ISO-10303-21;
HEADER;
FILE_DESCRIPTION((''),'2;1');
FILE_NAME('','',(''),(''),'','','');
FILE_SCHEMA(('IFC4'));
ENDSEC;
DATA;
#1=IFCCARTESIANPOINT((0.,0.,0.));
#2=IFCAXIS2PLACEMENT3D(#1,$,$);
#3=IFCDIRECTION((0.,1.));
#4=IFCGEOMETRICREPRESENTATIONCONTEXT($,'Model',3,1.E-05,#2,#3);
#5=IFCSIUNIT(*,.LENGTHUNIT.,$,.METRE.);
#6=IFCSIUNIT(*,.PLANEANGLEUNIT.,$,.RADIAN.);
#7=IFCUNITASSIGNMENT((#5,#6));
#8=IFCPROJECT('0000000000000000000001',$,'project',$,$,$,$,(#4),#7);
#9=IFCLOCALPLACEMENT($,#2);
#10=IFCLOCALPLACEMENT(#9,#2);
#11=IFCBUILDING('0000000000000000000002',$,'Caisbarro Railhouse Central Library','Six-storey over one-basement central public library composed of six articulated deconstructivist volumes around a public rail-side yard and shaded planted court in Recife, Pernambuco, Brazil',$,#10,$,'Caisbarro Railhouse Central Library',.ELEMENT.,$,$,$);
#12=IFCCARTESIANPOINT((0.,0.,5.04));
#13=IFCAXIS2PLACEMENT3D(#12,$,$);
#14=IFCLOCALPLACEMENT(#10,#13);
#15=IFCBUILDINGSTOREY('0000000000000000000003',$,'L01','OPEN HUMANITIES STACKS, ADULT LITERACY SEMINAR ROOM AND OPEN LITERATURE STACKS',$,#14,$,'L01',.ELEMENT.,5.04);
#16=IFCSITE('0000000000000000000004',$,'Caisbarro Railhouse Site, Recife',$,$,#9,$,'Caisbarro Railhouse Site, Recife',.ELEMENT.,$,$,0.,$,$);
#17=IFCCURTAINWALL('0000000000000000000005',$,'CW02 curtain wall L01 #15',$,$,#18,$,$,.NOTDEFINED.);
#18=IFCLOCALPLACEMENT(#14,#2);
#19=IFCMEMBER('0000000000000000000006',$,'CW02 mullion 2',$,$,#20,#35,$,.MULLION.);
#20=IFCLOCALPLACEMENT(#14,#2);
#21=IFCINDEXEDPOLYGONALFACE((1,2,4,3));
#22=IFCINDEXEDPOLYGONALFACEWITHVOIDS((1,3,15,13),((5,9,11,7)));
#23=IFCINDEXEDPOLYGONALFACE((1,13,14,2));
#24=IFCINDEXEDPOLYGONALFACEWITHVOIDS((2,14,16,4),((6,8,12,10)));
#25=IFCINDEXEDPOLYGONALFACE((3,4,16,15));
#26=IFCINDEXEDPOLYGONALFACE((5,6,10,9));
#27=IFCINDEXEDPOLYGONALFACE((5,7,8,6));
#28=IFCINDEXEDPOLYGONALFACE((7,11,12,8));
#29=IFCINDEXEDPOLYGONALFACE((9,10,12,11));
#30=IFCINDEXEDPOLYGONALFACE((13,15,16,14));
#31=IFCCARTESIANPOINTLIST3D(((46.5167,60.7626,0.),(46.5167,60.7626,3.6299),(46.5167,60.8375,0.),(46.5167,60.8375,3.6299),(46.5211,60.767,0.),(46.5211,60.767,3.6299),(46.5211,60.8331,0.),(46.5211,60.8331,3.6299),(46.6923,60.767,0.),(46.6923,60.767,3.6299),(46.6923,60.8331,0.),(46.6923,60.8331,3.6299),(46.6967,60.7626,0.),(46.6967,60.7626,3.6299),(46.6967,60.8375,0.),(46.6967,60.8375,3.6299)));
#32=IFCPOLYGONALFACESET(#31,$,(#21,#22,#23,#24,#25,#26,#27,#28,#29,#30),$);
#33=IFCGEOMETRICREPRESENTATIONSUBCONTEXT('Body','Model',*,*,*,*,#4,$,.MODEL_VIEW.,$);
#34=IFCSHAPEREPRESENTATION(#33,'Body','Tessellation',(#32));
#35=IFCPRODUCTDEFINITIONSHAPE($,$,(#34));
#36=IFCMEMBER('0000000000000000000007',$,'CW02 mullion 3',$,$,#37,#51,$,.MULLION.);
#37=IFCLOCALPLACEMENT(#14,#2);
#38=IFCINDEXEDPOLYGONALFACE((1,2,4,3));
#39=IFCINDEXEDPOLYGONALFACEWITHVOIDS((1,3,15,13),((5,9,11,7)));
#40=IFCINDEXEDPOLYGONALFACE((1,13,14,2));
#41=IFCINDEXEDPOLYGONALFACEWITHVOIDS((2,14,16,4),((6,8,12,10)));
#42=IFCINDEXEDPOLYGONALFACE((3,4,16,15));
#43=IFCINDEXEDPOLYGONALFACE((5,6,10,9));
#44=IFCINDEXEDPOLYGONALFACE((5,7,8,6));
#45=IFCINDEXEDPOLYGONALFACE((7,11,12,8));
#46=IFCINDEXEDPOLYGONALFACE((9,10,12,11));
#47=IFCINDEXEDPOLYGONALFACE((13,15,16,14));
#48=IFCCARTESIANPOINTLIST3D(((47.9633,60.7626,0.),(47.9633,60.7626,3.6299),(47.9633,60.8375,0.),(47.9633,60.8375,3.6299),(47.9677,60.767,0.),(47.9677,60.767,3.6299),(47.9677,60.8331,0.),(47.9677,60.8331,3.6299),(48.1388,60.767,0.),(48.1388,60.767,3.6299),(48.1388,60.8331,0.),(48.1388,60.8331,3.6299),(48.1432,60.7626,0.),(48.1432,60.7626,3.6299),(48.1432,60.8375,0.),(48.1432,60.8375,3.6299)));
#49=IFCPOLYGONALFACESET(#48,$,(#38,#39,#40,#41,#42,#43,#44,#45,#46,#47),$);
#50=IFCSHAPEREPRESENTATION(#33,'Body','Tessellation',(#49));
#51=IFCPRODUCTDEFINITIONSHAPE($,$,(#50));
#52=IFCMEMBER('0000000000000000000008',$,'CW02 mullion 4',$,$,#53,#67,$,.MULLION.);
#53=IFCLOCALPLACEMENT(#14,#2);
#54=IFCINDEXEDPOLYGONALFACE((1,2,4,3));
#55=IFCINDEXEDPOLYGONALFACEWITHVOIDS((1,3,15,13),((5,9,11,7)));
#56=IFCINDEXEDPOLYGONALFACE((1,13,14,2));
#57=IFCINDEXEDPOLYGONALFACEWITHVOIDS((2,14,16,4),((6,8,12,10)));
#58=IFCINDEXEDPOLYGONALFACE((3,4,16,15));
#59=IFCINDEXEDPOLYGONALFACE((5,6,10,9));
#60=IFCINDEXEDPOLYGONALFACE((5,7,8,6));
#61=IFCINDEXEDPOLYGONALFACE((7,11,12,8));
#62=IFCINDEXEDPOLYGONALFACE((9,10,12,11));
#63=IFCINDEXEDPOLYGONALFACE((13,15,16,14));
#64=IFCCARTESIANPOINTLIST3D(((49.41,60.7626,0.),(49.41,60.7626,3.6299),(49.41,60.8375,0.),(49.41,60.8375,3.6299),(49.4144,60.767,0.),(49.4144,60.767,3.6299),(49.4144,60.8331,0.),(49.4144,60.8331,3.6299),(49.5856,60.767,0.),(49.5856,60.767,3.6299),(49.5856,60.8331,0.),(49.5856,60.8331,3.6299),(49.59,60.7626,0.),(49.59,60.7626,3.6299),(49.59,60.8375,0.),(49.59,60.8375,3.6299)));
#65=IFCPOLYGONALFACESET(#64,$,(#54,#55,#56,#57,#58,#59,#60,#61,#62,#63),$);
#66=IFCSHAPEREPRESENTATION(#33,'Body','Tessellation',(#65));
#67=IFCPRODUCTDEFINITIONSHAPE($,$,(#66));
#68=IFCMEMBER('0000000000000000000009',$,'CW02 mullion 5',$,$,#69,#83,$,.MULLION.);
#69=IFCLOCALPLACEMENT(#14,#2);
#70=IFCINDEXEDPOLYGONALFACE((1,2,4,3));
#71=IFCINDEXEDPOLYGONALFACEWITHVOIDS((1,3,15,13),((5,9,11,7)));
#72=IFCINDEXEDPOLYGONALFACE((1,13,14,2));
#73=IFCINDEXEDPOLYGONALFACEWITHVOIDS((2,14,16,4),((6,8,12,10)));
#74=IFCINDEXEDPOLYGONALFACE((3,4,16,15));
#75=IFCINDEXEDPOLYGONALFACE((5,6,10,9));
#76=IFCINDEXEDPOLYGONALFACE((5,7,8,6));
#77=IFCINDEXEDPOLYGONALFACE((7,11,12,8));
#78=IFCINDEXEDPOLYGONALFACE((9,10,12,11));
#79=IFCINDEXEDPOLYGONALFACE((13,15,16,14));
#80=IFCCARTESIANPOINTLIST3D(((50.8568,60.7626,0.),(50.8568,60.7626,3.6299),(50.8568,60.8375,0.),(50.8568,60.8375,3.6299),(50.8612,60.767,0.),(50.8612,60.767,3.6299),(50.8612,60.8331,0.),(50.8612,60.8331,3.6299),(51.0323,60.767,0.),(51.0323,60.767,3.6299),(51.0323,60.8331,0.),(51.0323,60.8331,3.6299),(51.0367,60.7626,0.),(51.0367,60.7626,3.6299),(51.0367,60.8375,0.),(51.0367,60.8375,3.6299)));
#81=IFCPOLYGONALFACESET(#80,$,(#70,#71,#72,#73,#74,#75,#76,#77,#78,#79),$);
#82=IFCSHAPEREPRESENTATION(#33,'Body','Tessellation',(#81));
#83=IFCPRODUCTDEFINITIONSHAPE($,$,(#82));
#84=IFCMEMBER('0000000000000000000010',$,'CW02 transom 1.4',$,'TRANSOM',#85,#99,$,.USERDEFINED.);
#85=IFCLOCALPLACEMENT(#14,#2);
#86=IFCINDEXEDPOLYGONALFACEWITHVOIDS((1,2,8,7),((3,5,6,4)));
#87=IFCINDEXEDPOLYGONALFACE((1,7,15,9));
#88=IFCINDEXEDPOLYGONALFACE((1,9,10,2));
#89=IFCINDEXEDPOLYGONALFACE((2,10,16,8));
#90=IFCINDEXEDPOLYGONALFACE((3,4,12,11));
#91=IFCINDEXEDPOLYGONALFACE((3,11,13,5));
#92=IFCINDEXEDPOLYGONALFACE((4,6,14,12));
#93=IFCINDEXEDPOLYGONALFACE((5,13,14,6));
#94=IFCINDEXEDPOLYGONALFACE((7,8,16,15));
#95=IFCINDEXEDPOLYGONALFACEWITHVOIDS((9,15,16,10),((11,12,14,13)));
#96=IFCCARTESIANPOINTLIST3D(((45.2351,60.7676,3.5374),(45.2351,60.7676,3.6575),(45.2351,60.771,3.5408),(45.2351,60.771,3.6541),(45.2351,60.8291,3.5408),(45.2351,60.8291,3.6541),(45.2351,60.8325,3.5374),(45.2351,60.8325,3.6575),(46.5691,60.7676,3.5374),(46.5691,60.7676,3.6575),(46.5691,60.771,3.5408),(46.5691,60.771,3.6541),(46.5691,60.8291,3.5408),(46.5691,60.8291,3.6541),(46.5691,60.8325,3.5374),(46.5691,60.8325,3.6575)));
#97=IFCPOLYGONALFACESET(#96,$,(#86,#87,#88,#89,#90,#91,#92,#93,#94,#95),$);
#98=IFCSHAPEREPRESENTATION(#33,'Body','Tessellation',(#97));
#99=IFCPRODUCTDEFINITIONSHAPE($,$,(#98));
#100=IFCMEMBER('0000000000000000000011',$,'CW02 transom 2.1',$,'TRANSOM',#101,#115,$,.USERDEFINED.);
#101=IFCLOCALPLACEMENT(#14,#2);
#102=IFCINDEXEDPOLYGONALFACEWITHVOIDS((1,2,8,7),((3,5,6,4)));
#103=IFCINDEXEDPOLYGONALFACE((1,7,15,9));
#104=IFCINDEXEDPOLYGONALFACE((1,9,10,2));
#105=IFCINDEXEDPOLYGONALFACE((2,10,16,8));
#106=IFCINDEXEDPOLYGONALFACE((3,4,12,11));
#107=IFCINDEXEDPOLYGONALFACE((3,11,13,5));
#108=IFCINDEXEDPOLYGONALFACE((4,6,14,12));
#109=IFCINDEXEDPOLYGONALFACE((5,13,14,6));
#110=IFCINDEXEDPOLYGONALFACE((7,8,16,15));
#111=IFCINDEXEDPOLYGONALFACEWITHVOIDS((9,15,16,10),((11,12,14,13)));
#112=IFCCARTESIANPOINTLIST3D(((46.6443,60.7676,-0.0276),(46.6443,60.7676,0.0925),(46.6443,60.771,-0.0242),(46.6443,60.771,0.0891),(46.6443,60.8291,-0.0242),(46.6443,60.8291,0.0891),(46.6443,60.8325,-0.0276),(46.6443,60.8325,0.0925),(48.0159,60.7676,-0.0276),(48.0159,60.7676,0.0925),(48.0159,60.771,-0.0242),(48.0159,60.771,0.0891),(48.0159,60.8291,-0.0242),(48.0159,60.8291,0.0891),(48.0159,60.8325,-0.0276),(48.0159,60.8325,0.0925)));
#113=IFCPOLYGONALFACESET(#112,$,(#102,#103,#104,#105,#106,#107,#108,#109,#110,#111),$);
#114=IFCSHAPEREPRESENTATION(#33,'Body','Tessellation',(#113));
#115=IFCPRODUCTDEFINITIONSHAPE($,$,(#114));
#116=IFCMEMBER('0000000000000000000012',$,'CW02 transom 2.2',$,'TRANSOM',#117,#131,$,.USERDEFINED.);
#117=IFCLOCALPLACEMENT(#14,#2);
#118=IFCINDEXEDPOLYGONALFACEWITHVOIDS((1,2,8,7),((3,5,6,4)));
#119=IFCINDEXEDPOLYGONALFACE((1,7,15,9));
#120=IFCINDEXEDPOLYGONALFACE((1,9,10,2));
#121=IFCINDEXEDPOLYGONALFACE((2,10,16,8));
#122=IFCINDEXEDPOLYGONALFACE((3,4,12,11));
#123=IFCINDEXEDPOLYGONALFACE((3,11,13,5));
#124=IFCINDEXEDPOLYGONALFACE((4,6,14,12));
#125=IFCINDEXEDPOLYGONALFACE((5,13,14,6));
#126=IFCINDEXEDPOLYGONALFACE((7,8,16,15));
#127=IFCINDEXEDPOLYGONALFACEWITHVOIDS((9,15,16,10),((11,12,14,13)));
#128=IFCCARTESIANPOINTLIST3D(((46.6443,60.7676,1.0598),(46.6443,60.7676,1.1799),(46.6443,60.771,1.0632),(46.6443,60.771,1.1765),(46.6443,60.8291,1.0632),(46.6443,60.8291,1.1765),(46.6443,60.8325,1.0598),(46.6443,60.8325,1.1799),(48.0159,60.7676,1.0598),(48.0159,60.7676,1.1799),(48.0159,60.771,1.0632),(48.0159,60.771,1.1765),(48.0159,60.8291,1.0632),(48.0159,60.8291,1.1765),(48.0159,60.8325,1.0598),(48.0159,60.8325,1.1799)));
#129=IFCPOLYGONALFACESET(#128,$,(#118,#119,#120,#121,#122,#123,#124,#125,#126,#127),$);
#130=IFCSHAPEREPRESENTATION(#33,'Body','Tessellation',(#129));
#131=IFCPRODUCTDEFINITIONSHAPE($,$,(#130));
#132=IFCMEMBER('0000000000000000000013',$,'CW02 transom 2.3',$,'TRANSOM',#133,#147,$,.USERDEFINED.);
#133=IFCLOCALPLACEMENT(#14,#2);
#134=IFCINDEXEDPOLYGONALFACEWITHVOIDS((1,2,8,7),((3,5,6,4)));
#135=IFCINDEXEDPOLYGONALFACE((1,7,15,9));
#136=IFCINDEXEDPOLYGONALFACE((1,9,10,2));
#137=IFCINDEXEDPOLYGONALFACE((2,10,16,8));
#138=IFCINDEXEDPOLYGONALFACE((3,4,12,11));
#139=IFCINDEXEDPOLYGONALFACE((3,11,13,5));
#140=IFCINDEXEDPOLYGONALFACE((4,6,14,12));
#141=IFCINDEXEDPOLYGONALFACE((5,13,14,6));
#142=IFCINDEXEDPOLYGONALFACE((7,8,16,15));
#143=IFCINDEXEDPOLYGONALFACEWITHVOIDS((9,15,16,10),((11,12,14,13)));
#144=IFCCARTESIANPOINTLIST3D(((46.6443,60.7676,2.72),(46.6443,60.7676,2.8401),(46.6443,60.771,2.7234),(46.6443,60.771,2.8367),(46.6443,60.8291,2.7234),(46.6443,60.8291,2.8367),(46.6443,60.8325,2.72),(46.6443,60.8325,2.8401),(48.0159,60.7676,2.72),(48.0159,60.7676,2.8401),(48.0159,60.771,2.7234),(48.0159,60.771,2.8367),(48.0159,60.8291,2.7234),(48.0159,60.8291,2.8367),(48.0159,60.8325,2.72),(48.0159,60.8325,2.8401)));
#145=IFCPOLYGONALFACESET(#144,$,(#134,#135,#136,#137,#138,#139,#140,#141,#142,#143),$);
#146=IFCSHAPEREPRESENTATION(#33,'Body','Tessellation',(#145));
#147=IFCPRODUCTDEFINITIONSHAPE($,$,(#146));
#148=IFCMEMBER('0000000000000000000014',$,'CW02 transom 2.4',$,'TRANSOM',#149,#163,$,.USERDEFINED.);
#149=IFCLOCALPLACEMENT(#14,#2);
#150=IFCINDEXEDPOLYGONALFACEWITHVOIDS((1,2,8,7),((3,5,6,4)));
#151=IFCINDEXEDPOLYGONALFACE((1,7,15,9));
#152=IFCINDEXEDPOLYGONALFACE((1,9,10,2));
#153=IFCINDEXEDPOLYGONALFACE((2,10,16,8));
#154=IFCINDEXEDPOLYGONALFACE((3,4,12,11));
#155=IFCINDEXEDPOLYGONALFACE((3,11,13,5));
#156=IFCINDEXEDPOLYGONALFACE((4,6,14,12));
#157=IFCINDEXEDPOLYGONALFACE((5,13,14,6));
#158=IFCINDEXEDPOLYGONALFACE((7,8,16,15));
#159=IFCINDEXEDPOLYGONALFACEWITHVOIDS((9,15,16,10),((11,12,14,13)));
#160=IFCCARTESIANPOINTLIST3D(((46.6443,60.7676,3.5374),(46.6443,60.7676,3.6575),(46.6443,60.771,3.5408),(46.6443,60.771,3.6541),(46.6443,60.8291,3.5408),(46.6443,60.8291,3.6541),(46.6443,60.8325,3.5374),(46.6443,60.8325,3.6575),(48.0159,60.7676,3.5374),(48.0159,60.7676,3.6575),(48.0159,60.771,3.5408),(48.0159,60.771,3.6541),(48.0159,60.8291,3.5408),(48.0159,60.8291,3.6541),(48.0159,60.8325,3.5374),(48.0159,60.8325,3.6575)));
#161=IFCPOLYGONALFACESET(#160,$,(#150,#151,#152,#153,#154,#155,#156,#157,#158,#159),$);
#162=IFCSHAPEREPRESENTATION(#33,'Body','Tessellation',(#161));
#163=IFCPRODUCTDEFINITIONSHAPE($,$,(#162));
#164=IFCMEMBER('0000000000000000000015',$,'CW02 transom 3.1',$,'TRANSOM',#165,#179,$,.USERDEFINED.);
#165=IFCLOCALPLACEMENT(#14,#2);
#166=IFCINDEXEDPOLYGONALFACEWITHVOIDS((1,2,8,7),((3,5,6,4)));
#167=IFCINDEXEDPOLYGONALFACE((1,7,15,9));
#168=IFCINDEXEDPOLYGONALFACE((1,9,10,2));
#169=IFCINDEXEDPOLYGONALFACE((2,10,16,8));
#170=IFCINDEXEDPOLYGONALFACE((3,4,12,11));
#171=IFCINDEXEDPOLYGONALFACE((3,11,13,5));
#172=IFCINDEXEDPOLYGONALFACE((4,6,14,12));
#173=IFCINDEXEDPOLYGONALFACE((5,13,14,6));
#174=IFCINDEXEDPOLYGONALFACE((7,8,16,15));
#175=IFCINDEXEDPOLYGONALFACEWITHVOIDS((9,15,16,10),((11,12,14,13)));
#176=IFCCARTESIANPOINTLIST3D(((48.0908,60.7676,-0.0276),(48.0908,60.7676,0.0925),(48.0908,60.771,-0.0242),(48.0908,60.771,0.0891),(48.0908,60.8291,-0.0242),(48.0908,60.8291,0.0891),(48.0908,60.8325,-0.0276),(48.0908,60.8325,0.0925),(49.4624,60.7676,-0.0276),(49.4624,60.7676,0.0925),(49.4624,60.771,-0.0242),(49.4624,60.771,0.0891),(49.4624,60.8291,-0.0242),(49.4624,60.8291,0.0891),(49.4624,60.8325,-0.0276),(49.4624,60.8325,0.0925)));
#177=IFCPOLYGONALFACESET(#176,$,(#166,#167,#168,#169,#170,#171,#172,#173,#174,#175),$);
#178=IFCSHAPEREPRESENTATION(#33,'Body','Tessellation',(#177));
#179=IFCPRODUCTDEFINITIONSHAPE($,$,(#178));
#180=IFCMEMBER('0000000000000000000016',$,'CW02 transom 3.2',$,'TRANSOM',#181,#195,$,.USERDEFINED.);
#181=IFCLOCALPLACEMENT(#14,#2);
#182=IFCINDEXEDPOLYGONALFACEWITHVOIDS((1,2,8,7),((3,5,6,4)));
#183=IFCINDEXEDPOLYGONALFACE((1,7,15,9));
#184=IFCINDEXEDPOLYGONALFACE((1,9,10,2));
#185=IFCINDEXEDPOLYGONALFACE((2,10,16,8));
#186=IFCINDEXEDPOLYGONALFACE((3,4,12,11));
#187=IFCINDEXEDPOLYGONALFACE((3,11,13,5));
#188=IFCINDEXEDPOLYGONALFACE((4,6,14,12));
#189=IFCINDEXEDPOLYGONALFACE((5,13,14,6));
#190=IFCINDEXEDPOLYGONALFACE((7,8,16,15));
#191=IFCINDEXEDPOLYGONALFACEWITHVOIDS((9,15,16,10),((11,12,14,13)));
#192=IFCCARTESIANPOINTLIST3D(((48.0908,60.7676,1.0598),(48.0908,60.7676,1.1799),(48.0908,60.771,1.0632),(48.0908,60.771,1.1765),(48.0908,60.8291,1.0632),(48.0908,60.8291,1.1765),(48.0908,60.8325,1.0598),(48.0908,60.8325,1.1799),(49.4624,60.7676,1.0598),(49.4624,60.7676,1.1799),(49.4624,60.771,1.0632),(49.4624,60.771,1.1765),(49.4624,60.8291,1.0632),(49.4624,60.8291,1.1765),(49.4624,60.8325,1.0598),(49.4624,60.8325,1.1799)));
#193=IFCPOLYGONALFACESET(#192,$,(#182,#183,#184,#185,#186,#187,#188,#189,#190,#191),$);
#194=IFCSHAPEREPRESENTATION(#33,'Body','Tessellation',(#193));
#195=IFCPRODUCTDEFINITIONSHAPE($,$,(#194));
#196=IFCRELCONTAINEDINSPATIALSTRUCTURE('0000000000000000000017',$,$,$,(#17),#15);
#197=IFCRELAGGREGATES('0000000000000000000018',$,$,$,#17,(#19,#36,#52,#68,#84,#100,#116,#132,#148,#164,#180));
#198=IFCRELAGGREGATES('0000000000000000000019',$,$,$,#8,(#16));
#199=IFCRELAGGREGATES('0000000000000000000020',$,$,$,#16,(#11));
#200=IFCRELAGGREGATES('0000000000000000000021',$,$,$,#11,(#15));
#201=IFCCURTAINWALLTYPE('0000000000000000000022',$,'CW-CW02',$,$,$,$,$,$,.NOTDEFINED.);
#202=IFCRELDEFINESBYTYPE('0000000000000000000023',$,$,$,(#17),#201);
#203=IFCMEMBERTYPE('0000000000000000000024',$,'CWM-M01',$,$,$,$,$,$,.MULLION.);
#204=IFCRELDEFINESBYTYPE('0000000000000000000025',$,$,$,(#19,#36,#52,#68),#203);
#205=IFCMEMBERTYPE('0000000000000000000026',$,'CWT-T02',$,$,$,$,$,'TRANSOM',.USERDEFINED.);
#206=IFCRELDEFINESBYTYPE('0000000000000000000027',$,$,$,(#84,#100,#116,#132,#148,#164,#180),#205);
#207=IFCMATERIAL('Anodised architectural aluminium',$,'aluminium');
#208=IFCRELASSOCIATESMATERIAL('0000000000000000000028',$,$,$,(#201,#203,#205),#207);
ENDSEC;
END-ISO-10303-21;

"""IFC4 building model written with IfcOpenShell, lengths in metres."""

from ifc_helpers import new_model, si_unit, direction, frame, origin, origin_2d, place, context, subcontext, project, spatial, hollow_rectangle, extrude, material, material_profile, profile_set, type_object, element, aggregate, save


model = new_model("IFC4")

# Units and contexts
model_context = context("Model", 3, precision=1e-05, world=origin(), true_north=direction((0.0, 1.0)))
body_context = subcontext(model_context, "Body", "Model", "MODEL_VIEW")
ifc_project = project(units=[si_unit("LENGTHUNIT", "METRE"), si_unit("PLANEANGLEUNIT", "RADIAN")], contexts=[model_context])

# Site, building, storey
site_placement = place(None, origin())
site = spatial("IfcSite", under=ifc_project, at=site_placement, Name="Caisbarro Railhouse Site, Recife", LongName="Caisbarro Railhouse Site, Recife", CompositionType="ELEMENT", RefElevation=0.0)
building_placement = place(site_placement, origin())
building = spatial("IfcBuilding", under=site, at=building_placement, Name="Caisbarro Railhouse Central Library", Description="Six-storey over one-basement central public library composed of six articulated deconstructivist volumes around a public rail-side yard and shaded planted court in Recife, Pernambuco, Brazil", LongName="Caisbarro Railhouse Central Library", CompositionType="ELEMENT")
storey_placement = place(building_placement, frame((0.0, 0.0, 5.04)))
storey = spatial("IfcBuildingStorey", under=building, at=storey_placement, Name="L01", Description="OPEN HUMANITIES STACKS, ADULT LITERACY SEMINAR ROOM AND OPEN LITERATURE STACKS", LongName="L01", CompositionType="ELEMENT", Elevation=5.04)

# Curtain wall, members
ifc_material_1 = material(Name="Anodised architectural aluminium", Category="aluminium")
curtain_wall_type = type_object("IfcCurtainWallType", Name="CW-CW02", PredefinedType="NOTDEFINED", material=ifc_material_1)
curtain_wall_placement = place(storey_placement, origin())
curtain_wall = element("IfcCurtainWall", 1, at=curtain_wall_placement, inside=storey, type_object=curtain_wall_type, Name="CW02 curtain wall L01 #15", PredefinedType="NOTDEFINED")
ifc_material_profile_1 = material_profile(ifc_material_1, hollow_rectangle(XDim=0.075, YDim=0.1799, WallThickness=0.0044, at=origin_2d()), Name="ALU-MUL-75X180")
ifc_profile_set_1 = profile_set([ifc_material_profile_1], Name="Anodised architectural aluminium")
member_type_1 = type_object("IfcMemberType", Name="CWM-M01", PredefinedType="MULLION", material=ifc_profile_set_1)
member_1_placement = place(storey_placement, frame((46.6067, 60.8, 0.0), z_axis=(0.0, 0.0, 1.0), x_axis=(0.0, 1.0, 0.0)))
member_1 = element("IfcMember", 2, at=member_1_placement, type_object=member_type_1, Name="CW02 mullion 2", PredefinedType="MULLION", context=body_context, shape_type="SweptSolid", body=[
    extrude(hollow_rectangle(XDim=0.075, YDim=0.1799, WallThickness=0.0044, at=origin_2d()), origin(), (0.0, 0.0, 1.0), 3.6299),
])
member_2_placement = place(storey_placement, frame((48.0532, 60.8, 0.0), z_axis=(0.0, 0.0, 1.0), x_axis=(0.0, 1.0, 0.0)))
member_2 = element("IfcMember", 3, at=member_2_placement, type_object=member_type_1, Name="CW02 mullion 3", PredefinedType="MULLION", context=body_context, shape_type="SweptSolid", body=[
    extrude(hollow_rectangle(XDim=0.075, YDim=0.1799, WallThickness=0.0044, at=origin_2d()), origin(), (0.0, 0.0, 1.0), 3.6299),
])
member_3_placement = place(storey_placement, frame((49.5, 60.8, 0.0), z_axis=(0.0, 0.0, 1.0), x_axis=(0.0, 1.0, 0.0)))
member_3 = element("IfcMember", 4, at=member_3_placement, type_object=member_type_1, Name="CW02 mullion 4", PredefinedType="MULLION", context=body_context, shape_type="SweptSolid", body=[
    extrude(hollow_rectangle(XDim=0.075, YDim=0.1799, WallThickness=0.0044, at=origin_2d()), origin(), (0.0, 0.0, 1.0), 3.6299),
])
member_4_placement = place(storey_placement, frame((50.9468, 60.8, 0.0), z_axis=(0.0, 0.0, 1.0), x_axis=(0.0, 1.0, 0.0)))
member_4 = element("IfcMember", 5, at=member_4_placement, type_object=member_type_1, Name="CW02 mullion 5", PredefinedType="MULLION", context=body_context, shape_type="SweptSolid", body=[
    extrude(hollow_rectangle(XDim=0.075, YDim=0.1799, WallThickness=0.0044, at=origin_2d()), origin(), (0.0, 0.0, 1.0), 3.6299),
])
ifc_material_profile_2 = material_profile(ifc_material_1, hollow_rectangle(XDim=0.0649, YDim=0.1201, WallThickness=0.0034, at=origin_2d()), Name="ALU-TRN-65X120")
ifc_profile_set_2 = profile_set([ifc_material_profile_2], Name="Anodised architectural aluminium")
member_type_2 = type_object("IfcMemberType", Name="CWT-T02", ElementType="TRANSOM", PredefinedType="USERDEFINED", material=ifc_profile_set_2)
member_5_placement = place(storey_placement, frame((45.2351, 60.8, 3.5974), z_axis=(1.0, 0.0, 0.0), x_axis=(0.0, 1.0, 0.0)))
member_5 = element("IfcMember", 6, at=member_5_placement, type_object=member_type_2, Name="CW02 transom 1.4", ObjectType="TRANSOM", PredefinedType="USERDEFINED", context=body_context, shape_type="SweptSolid", body=[
    extrude(hollow_rectangle(XDim=0.0649, YDim=0.1201, WallThickness=0.0034, at=origin_2d()), origin(), (0.0, 0.0, 1.0), 1.334),
])
member_6_placement = place(storey_placement, frame((46.6443, 60.8, 0.0325), z_axis=(1.0, 0.0, 0.0), x_axis=(0.0, 1.0, 0.0)))
member_6 = element("IfcMember", 7, at=member_6_placement, type_object=member_type_2, Name="CW02 transom 2.1", ObjectType="TRANSOM", PredefinedType="USERDEFINED", context=body_context, shape_type="SweptSolid", body=[
    extrude(hollow_rectangle(XDim=0.0649, YDim=0.1201, WallThickness=0.0034, at=origin_2d()), origin(), (0.0, 0.0, 1.0), 1.3716),
])
member_7_placement = place(storey_placement, frame((46.6443, 60.8, 1.1199), z_axis=(1.0, 0.0, 0.0), x_axis=(0.0, 1.0, 0.0)))
member_7 = element("IfcMember", 8, at=member_7_placement, type_object=member_type_2, Name="CW02 transom 2.2", ObjectType="TRANSOM", PredefinedType="USERDEFINED", context=body_context, shape_type="SweptSolid", body=[
    extrude(hollow_rectangle(XDim=0.0649, YDim=0.1201, WallThickness=0.0034, at=origin_2d()), origin(), (0.0, 0.0, 1.0), 1.3716),
])
member_8_placement = place(storey_placement, frame((46.6443, 60.8, 2.78), z_axis=(1.0, 0.0, 0.0), x_axis=(0.0, 1.0, 0.0)))
member_8 = element("IfcMember", 9, at=member_8_placement, type_object=member_type_2, Name="CW02 transom 2.3", ObjectType="TRANSOM", PredefinedType="USERDEFINED", context=body_context, shape_type="SweptSolid", body=[
    extrude(hollow_rectangle(XDim=0.0649, YDim=0.1201, WallThickness=0.0034, at=origin_2d()), origin(), (0.0, 0.0, 1.0), 1.3716),
])
member_9_placement = place(storey_placement, frame((46.6443, 60.8, 3.5974), z_axis=(1.0, 0.0, 0.0), x_axis=(0.0, 1.0, 0.0)))
member_9 = element("IfcMember", 10, at=member_9_placement, type_object=member_type_2, Name="CW02 transom 2.4", ObjectType="TRANSOM", PredefinedType="USERDEFINED", context=body_context, shape_type="SweptSolid", body=[
    extrude(hollow_rectangle(XDim=0.0649, YDim=0.1201, WallThickness=0.0034, at=origin_2d()), origin(), (0.0, 0.0, 1.0), 1.3716),
])
member_10_placement = place(storey_placement, frame((48.0908, 60.8, 0.0325), z_axis=(1.0, 0.0, 0.0), x_axis=(0.0, 1.0, 0.0)))
member_10 = element("IfcMember", 11, at=member_10_placement, type_object=member_type_2, Name="CW02 transom 3.1", ObjectType="TRANSOM", PredefinedType="USERDEFINED", context=body_context, shape_type="SweptSolid", body=[
    extrude(hollow_rectangle(XDim=0.0649, YDim=0.1201, WallThickness=0.0034, at=origin_2d()), origin(), (0.0, 0.0, 1.0), 1.3716),
])
member_11_placement = place(storey_placement, frame((48.0908, 60.8, 1.1199), z_axis=(1.0, 0.0, 0.0), x_axis=(0.0, 1.0, 0.0)))
member_11 = element("IfcMember", 12, at=member_11_placement, type_object=member_type_2, Name="CW02 transom 3.2", ObjectType="TRANSOM", PredefinedType="USERDEFINED", context=body_context, shape_type="SweptSolid", body=[
    extrude(hollow_rectangle(XDim=0.0649, YDim=0.1201, WallThickness=0.0034, at=origin_2d()), origin(), (0.0, 0.0, 1.0), 1.3716),
])
aggregate(curtain_wall, [member_1, member_2, member_3, member_4, member_5, member_6, member_7, member_8, member_9, member_10, member_11])

save(model, "model.ifc")
